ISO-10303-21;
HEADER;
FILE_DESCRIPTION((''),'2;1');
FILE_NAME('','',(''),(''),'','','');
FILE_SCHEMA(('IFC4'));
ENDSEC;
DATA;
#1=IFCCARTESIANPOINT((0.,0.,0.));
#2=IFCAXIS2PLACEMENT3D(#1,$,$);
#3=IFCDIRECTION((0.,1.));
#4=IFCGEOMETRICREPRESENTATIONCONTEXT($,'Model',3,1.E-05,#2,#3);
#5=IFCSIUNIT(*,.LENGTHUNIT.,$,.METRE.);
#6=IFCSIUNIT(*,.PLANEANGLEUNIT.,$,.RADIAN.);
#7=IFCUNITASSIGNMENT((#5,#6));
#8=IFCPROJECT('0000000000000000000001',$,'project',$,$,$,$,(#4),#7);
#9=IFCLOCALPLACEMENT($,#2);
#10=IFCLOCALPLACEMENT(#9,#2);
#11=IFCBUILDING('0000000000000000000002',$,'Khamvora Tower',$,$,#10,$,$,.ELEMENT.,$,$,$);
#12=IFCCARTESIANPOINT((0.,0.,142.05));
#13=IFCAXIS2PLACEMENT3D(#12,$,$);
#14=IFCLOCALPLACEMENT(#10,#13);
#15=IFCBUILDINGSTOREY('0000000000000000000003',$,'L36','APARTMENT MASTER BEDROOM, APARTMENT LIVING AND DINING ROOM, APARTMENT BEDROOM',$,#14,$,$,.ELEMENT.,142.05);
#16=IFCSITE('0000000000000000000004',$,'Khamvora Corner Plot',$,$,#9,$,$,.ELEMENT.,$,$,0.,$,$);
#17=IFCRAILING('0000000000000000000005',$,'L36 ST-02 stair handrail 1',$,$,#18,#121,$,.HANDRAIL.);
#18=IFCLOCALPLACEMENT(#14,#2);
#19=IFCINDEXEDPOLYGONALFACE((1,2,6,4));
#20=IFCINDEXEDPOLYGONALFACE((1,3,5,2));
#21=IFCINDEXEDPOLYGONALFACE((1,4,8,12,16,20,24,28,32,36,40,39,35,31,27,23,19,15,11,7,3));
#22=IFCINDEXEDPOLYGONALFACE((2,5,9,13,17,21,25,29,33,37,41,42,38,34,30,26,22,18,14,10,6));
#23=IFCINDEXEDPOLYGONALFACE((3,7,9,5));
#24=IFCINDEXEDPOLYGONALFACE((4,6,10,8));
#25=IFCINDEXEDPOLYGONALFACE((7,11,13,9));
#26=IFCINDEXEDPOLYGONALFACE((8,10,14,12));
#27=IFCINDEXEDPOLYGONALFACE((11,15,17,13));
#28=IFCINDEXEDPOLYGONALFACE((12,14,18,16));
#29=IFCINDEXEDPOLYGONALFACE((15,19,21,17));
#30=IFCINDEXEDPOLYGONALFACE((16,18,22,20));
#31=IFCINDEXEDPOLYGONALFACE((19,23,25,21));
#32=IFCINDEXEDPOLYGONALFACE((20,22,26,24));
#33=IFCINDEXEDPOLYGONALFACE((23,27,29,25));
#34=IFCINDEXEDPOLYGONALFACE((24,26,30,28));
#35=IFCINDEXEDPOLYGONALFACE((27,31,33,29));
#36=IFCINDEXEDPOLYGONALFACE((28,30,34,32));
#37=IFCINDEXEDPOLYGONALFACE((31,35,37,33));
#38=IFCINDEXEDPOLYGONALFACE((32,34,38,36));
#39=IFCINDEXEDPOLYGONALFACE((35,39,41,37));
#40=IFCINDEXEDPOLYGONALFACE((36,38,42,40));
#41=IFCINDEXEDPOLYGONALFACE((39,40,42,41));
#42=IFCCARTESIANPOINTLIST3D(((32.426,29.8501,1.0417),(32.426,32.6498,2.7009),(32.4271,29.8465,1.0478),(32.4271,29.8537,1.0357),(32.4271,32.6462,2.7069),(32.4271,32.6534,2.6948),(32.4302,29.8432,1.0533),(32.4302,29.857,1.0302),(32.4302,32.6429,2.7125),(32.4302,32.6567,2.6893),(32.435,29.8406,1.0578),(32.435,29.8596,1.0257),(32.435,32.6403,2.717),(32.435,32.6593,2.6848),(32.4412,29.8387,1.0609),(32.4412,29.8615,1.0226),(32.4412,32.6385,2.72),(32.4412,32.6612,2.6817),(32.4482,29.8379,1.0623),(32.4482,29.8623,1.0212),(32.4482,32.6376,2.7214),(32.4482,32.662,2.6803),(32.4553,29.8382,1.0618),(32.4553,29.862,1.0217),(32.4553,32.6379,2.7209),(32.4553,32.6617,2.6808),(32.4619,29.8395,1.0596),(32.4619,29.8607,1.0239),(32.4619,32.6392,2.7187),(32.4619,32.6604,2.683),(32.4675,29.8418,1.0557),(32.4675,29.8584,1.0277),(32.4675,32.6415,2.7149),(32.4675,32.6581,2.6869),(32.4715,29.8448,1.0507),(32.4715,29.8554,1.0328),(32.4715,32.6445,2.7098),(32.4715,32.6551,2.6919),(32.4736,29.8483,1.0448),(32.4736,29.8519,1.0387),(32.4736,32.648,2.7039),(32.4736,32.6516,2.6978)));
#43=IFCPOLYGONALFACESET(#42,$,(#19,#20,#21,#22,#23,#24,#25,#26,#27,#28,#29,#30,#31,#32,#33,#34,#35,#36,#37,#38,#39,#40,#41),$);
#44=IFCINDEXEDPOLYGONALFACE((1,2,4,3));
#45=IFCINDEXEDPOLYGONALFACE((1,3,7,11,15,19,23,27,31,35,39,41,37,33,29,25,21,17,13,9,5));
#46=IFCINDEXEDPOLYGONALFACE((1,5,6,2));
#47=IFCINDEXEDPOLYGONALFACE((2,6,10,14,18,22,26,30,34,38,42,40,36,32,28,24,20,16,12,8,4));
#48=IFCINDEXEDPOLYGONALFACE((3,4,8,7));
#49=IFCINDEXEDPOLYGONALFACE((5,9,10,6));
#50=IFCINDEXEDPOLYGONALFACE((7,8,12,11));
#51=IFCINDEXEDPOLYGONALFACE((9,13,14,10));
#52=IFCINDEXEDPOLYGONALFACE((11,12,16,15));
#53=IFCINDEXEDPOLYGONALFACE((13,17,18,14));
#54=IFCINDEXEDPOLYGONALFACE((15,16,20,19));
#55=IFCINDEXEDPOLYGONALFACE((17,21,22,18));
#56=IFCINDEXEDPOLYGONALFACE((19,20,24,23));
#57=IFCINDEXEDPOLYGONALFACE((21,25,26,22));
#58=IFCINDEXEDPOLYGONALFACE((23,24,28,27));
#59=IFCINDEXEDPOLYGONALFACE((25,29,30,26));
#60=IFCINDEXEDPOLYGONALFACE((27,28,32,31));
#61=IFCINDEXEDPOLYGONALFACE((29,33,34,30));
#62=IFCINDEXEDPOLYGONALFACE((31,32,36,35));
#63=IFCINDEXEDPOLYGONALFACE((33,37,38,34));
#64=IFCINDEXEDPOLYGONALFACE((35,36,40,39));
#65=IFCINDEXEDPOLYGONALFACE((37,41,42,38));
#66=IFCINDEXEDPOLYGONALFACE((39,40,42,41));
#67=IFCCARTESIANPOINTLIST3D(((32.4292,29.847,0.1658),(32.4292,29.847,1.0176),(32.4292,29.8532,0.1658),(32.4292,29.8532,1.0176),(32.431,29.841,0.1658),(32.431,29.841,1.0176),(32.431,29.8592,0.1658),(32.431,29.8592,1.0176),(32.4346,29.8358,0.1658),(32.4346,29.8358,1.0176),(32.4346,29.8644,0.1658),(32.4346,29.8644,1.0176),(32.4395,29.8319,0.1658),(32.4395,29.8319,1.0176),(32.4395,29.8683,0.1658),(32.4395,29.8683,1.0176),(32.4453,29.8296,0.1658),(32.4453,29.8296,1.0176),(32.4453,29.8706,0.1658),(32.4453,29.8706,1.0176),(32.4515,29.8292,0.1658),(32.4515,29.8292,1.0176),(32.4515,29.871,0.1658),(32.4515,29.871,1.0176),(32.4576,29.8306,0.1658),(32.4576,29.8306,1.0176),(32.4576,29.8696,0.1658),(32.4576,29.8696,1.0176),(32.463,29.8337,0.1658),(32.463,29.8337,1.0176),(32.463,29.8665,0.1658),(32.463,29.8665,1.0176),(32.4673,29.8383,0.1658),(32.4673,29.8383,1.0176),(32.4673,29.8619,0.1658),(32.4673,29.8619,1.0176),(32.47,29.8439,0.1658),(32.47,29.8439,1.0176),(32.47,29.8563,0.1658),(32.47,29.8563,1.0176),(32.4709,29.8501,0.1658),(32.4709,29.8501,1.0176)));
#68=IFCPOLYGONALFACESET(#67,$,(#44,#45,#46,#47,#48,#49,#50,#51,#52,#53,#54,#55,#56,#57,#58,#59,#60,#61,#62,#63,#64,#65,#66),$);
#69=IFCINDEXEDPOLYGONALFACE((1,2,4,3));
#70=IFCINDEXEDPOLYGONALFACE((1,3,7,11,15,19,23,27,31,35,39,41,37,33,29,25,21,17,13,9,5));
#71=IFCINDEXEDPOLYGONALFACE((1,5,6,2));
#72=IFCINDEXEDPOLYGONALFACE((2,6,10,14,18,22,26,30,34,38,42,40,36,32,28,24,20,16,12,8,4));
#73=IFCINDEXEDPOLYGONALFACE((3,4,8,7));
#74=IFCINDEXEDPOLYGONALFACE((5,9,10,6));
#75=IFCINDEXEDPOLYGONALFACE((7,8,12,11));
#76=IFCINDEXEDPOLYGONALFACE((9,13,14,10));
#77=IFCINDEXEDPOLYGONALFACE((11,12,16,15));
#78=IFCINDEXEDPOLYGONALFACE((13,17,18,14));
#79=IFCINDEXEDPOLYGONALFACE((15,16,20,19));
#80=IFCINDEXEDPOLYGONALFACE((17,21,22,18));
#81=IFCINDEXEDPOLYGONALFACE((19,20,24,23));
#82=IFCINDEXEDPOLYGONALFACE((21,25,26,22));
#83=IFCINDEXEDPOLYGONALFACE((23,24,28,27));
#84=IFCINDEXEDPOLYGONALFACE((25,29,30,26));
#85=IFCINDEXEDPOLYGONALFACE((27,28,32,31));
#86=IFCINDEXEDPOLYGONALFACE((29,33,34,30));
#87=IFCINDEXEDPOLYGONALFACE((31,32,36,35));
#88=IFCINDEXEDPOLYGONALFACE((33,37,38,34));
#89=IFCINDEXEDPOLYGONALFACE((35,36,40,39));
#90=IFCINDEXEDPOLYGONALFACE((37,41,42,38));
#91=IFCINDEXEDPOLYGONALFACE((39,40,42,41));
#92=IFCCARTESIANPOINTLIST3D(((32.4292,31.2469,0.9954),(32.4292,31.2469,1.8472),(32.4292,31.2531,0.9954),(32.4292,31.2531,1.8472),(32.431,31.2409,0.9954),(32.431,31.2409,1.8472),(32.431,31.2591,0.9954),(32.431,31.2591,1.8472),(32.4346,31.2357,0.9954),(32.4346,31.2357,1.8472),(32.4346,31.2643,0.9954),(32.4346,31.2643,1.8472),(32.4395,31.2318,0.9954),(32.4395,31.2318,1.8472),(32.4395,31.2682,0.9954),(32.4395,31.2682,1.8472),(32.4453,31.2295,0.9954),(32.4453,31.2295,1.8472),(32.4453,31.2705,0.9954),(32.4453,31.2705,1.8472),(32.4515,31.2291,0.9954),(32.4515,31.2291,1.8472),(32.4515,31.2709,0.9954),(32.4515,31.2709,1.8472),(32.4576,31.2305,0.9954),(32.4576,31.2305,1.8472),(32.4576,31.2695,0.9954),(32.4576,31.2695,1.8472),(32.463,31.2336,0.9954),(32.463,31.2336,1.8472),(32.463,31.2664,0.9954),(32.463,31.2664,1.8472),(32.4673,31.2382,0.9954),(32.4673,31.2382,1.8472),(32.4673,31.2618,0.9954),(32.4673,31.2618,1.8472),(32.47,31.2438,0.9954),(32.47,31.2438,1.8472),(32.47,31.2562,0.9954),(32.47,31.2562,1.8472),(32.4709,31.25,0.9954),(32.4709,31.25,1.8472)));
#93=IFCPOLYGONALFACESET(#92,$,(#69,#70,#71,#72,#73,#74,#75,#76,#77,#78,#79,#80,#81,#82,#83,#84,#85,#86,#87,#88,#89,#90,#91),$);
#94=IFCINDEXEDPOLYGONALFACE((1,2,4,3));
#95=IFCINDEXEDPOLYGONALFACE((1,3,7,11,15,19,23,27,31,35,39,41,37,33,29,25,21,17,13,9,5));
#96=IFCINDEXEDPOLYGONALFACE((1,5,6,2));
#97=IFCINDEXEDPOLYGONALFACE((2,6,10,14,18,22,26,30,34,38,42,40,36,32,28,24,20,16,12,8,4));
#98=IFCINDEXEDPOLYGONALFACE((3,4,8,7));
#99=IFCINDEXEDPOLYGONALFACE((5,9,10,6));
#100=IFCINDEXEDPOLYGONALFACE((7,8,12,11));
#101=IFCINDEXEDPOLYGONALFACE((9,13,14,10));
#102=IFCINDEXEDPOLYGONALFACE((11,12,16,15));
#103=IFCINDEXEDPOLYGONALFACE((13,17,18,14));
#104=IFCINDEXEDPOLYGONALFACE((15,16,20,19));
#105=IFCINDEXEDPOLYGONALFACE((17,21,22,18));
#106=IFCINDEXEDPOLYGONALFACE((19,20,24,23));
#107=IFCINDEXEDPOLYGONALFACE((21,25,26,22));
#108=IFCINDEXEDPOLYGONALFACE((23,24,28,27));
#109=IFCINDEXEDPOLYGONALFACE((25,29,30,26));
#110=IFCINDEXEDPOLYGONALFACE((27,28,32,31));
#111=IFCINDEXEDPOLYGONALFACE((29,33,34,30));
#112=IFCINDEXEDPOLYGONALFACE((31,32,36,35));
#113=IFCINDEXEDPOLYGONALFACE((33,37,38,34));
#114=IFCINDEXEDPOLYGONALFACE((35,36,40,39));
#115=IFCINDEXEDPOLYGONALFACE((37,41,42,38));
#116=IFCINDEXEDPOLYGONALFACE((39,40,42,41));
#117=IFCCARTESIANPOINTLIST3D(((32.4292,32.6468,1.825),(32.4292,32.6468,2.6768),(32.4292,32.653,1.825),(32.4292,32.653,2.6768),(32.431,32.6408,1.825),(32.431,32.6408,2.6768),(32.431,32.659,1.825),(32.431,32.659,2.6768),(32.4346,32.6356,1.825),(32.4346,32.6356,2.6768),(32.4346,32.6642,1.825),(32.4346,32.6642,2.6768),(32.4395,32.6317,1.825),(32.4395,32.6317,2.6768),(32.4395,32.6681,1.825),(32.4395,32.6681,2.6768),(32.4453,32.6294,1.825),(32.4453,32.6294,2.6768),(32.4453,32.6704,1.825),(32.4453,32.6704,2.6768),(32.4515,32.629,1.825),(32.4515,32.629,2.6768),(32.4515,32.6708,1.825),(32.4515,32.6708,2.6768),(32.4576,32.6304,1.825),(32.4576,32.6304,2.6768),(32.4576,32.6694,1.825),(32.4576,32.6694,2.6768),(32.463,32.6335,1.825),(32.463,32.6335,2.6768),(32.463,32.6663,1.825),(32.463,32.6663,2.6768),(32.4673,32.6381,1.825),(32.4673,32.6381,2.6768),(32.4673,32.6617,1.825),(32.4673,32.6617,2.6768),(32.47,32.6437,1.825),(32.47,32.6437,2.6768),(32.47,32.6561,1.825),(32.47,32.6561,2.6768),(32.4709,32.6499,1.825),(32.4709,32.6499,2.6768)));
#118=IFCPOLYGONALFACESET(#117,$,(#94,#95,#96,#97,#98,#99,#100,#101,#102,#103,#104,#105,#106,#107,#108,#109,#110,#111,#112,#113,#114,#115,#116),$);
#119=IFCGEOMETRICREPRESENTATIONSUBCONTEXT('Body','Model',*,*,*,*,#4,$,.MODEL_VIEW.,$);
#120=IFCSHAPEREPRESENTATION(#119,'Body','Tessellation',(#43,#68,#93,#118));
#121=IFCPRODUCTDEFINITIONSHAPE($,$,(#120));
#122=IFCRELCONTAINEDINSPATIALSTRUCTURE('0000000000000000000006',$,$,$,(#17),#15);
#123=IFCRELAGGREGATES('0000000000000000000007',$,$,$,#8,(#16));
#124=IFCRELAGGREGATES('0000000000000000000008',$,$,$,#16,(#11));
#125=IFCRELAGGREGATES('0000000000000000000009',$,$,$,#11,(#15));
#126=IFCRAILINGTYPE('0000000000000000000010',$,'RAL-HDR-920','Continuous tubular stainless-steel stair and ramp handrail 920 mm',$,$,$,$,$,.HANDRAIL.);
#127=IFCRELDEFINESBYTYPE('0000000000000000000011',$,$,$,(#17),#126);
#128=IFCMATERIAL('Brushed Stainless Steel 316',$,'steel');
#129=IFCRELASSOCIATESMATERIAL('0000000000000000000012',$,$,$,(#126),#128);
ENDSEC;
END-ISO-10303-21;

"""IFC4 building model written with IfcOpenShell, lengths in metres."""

from ifc_helpers import new_model, si_unit, direction, frame, origin, origin_2d, place, context, subcontext, project, spatial, circle, extrude, material, type_object, element, save


model = new_model("IFC4")

# Units and contexts
model_context = context("Model", 3, precision=1e-05, world=origin(), true_north=direction((0.0, 1.0)))
body_context = subcontext(model_context, "Body", "Model", "MODEL_VIEW")
ifc_project = project(units=[si_unit("LENGTHUNIT", "METRE"), si_unit("PLANEANGLEUNIT", "RADIAN")], contexts=[model_context])

# Site, building, storey
site_placement = place(None, origin())
site = spatial("IfcSite", under=ifc_project, at=site_placement, Name="Khamvora Corner Plot", CompositionType="ELEMENT", RefElevation=0.0)
building_placement = place(site_placement, origin())
building = spatial("IfcBuilding", under=site, at=building_placement, Name="Khamvora Tower", CompositionType="ELEMENT")
storey_placement = place(building_placement, frame((0.0, 0.0, 142.05)))
storey = spatial("IfcBuildingStorey", under=building, at=storey_placement, Name="L36", Description="APARTMENT MASTER BEDROOM, APARTMENT LIVING AND DINING ROOM, APARTMENT BEDROOM", CompositionType="ELEMENT", Elevation=142.05)

# Railing
ifc_material_1 = material(Name="Brushed Stainless Steel 316", Category="steel")
railing_type_1 = type_object("IfcRailingType", Name="RAL-HDR-920", Description="Continuous tubular stainless-steel stair and ramp handrail 920 mm", PredefinedType="HANDRAIL", material=ifc_material_1)
railing_1_placement = place(storey_placement, frame((32.45, 29.8501, 0.1658)))
element("IfcRailing", 1, at=railing_1_placement, inside=storey, type_object=railing_type_1, Name="L36 ST-02 stair handrail 1", PredefinedType="HANDRAIL", context=body_context, shape_type="SweptSolid", body=[
    extrude(circle(Radius=0.0239, at=origin_2d()), frame((0.0, 0.0, 0.876), z_axis=(0.0, 0.860287, 0.509811), x_axis=(-1.0, 0.0, 0.0)), (0.0, 0.0, 1.0), 3.2544),
    extrude(circle(Radius=0.021, at=origin_2d()), origin(), (0.0, 0.0, 1.0), 0.8518),
    extrude(circle(Radius=0.021, at=origin_2d()), frame((0.0, 1.3999, 0.8296)), (0.0, 0.0, 1.0), 0.8518),
    extrude(circle(Radius=0.021, at=origin_2d()), frame((0.0, 2.7998, 1.6592)), (0.0, 0.0, 1.0), 0.8518),
])

save(model, "model.ifc")
